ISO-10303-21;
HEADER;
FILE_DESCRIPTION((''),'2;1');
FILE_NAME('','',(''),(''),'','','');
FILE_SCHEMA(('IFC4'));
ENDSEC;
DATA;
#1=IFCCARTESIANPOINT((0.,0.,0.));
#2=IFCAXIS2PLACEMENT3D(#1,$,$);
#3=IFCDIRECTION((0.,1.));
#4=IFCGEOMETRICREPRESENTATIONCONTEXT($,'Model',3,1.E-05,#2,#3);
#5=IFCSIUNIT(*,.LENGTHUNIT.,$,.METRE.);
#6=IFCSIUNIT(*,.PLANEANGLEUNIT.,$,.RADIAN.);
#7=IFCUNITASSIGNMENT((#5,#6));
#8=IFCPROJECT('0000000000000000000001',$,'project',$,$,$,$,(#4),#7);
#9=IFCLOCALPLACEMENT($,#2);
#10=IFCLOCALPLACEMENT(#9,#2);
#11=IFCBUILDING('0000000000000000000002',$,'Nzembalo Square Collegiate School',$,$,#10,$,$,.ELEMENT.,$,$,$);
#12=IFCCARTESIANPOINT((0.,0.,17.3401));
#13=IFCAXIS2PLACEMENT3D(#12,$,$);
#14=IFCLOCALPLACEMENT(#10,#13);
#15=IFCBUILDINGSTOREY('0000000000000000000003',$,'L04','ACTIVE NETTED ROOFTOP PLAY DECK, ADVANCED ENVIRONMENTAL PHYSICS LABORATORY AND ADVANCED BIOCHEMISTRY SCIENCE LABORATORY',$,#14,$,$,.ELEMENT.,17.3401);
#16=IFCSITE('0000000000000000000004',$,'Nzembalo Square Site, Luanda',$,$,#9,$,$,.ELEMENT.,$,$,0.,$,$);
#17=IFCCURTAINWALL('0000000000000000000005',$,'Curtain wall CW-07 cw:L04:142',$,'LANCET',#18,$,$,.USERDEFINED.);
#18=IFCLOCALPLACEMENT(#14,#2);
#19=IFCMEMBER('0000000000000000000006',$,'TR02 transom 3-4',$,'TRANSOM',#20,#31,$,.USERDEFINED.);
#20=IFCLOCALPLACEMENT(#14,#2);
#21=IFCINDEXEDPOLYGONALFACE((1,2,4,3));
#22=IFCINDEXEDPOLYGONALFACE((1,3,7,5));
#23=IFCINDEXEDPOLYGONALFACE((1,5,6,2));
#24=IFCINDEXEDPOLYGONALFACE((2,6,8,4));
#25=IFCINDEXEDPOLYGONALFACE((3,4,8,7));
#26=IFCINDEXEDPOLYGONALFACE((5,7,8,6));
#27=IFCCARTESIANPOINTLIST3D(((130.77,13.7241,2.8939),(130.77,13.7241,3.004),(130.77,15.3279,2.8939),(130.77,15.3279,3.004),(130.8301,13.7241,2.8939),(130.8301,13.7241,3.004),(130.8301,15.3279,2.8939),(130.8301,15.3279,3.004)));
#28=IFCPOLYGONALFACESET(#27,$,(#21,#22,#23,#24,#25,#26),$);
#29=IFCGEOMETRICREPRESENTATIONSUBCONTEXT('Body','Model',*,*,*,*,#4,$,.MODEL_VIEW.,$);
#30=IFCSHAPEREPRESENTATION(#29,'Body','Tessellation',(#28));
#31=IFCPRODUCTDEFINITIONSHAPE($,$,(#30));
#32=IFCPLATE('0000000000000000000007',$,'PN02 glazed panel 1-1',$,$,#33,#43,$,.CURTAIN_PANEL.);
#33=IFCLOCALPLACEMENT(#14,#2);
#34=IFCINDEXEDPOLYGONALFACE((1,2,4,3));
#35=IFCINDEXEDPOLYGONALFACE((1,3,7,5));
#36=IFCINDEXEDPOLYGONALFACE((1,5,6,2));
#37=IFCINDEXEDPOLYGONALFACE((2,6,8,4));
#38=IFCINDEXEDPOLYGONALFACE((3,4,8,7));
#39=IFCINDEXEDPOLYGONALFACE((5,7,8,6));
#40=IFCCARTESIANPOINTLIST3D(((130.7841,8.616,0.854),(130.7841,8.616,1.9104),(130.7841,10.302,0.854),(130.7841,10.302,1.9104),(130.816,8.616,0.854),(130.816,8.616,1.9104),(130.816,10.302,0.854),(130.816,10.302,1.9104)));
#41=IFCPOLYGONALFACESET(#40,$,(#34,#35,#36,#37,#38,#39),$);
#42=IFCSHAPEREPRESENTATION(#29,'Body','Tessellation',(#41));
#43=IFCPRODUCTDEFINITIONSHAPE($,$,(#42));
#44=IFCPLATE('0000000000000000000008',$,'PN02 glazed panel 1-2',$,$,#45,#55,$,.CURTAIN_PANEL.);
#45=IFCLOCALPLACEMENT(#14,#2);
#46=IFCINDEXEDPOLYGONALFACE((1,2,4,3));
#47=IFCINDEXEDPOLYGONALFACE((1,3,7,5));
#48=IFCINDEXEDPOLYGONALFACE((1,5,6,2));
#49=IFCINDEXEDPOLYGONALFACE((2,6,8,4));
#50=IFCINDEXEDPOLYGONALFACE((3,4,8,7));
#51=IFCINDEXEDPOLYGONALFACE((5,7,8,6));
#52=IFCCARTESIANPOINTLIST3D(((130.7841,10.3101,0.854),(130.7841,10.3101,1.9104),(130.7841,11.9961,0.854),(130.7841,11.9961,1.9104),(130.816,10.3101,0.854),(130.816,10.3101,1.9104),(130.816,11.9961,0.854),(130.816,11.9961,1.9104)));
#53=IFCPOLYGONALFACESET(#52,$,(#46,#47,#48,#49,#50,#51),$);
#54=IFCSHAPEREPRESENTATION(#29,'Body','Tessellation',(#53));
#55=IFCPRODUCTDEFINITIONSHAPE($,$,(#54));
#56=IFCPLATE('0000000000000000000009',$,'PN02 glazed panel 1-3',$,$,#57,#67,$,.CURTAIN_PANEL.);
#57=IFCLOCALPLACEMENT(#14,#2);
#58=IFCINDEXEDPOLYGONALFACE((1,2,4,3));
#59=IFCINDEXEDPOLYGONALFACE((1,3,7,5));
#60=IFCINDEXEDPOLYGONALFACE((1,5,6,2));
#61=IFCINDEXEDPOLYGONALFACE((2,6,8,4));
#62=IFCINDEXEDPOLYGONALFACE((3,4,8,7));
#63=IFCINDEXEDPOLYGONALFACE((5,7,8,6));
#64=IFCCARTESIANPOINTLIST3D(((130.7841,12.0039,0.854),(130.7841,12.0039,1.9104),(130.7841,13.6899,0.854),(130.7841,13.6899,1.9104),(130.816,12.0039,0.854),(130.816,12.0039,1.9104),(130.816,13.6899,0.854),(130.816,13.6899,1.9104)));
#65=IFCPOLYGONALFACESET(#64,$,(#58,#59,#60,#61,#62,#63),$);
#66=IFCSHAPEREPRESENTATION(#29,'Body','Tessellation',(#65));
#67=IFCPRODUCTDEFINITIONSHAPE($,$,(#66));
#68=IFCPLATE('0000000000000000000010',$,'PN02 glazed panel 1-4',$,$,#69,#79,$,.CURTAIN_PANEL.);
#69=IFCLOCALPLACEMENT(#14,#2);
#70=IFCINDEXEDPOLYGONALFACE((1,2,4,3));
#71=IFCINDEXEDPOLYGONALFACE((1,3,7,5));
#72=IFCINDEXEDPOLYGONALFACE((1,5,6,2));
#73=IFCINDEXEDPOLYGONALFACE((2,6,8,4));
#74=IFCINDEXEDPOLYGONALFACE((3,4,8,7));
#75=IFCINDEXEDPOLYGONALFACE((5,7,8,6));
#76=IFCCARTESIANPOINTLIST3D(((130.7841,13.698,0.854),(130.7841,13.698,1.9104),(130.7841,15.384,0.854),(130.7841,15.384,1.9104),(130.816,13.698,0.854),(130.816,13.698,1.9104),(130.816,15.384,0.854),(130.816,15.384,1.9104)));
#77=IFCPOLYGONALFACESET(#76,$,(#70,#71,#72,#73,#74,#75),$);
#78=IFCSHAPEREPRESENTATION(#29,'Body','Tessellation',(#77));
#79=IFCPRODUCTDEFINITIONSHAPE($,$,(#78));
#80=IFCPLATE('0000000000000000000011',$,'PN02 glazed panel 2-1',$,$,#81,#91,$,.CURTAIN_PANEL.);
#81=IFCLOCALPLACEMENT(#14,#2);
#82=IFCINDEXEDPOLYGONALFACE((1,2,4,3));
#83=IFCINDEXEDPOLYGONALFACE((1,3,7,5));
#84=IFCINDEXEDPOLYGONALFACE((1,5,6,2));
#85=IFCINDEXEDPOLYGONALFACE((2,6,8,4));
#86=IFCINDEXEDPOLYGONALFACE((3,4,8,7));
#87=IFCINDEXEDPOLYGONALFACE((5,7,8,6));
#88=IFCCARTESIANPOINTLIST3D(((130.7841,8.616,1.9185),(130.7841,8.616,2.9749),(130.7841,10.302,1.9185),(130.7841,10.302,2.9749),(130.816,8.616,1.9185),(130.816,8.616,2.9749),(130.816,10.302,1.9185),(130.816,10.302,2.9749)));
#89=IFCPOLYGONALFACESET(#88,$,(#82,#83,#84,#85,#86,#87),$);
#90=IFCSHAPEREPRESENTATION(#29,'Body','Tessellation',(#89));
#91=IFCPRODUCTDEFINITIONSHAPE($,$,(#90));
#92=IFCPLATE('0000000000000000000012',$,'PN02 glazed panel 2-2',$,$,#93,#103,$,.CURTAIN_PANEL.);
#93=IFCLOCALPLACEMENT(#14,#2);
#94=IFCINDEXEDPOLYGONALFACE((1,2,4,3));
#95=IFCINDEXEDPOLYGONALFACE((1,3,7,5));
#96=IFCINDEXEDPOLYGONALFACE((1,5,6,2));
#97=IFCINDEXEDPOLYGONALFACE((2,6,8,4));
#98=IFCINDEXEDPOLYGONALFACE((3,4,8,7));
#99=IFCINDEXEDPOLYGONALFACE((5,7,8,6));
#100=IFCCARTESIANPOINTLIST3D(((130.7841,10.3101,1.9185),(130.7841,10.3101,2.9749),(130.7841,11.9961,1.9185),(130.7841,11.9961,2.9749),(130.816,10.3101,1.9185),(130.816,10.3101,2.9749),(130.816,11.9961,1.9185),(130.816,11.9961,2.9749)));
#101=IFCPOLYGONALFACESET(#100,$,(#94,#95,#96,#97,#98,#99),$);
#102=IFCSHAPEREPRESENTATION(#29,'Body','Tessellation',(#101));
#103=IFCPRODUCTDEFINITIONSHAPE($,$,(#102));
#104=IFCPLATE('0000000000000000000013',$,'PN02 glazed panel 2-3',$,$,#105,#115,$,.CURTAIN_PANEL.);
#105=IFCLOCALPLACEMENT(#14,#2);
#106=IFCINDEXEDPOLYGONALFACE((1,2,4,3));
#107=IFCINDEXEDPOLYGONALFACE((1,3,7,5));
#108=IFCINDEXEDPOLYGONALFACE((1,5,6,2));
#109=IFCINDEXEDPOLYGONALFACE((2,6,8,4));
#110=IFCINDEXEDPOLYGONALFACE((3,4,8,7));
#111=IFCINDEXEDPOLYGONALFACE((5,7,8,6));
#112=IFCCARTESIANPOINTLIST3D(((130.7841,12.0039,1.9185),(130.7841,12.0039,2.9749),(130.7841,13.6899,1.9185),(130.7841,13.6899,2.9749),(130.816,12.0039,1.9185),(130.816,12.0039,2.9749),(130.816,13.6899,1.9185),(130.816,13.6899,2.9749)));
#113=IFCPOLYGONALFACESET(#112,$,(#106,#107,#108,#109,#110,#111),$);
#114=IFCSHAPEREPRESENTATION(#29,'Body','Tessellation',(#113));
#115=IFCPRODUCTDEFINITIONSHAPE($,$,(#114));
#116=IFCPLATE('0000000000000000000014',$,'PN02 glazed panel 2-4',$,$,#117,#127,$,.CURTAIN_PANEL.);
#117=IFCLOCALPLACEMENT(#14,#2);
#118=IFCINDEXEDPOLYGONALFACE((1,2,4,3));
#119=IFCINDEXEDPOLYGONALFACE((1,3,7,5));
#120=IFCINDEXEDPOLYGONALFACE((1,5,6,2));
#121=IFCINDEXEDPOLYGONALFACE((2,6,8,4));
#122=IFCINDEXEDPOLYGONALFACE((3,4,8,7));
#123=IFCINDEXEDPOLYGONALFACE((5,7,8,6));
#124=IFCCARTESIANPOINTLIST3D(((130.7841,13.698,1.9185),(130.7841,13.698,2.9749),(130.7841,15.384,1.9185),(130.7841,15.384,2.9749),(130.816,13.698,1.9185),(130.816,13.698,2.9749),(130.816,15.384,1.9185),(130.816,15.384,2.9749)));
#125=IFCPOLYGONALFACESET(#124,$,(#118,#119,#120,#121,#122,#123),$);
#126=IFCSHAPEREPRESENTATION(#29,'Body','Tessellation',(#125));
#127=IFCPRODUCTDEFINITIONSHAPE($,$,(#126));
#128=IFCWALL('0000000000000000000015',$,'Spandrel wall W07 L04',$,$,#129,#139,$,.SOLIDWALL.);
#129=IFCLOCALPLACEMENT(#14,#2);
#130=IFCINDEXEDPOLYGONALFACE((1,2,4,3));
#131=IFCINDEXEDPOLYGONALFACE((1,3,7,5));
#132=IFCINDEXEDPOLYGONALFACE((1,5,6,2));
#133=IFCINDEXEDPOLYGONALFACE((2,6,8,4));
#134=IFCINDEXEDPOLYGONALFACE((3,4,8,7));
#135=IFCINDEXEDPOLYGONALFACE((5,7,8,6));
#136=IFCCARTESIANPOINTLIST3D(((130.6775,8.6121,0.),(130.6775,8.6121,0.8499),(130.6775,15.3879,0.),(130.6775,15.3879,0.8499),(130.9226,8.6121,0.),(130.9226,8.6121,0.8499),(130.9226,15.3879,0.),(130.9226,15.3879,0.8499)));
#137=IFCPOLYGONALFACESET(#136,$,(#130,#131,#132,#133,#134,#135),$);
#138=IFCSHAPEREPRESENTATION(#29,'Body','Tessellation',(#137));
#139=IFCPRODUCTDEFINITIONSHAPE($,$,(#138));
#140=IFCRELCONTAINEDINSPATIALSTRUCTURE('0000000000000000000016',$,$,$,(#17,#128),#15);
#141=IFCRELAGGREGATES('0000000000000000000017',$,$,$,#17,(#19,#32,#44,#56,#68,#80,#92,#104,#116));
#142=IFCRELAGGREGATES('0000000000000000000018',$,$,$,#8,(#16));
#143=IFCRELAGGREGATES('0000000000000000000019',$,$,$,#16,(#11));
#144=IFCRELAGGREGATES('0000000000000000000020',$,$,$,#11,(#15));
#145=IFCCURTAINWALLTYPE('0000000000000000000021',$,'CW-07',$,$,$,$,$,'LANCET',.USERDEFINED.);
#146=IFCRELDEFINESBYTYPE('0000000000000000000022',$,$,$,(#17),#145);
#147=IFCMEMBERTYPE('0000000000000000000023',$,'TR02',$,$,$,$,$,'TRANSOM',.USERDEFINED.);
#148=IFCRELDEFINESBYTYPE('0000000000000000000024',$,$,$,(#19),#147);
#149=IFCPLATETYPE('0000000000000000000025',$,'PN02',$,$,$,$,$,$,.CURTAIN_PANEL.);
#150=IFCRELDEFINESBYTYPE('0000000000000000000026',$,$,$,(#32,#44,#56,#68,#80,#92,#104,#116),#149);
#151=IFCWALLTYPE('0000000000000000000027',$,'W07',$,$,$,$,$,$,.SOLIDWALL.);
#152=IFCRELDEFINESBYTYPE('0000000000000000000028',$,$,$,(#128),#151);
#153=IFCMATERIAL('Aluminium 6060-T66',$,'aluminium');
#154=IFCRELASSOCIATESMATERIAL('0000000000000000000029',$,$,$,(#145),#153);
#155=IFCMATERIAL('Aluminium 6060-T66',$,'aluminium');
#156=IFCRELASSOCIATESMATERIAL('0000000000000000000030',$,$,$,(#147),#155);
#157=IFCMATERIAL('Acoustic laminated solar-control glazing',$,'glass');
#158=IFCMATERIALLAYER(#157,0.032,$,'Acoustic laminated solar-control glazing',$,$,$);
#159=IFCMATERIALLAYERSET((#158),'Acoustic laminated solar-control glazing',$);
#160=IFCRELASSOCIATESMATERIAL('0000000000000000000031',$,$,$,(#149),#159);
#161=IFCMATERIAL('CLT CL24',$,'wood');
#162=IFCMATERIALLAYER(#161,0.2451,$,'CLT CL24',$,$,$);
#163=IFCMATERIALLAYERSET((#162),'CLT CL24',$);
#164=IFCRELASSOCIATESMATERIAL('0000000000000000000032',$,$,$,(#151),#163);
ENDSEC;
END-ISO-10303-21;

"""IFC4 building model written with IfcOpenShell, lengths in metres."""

from ifc_helpers import new_model, si_unit, direction, frame, frame_2d, origin, origin_2d, place, context, subcontext, project, spatial, rectangle, extrude, material, layer, layer_set, material_profile, profile_set, type_object, element, aggregate, save


model = new_model("IFC4")

# Units and contexts
model_context = context("Model", 3, precision=1e-05, world=origin(), true_north=direction((0.0, 1.0)))
body_context = subcontext(model_context, "Body", "Model", "MODEL_VIEW")
ifc_project = project(units=[si_unit("LENGTHUNIT", "METRE"), si_unit("PLANEANGLEUNIT", "RADIAN")], contexts=[model_context])

# Site, building, storey
site_placement = place(None, origin())
site = spatial("IfcSite", under=ifc_project, at=site_placement, Name="Nzembalo Square Site, Luanda", CompositionType="ELEMENT", RefElevation=0.0)
building_placement = place(site_placement, origin())
building = spatial("IfcBuilding", under=site, at=building_placement, Name="Nzembalo Square Collegiate School", CompositionType="ELEMENT")
storey_placement = place(building_placement, frame((0.0, 0.0, 17.3401)))
storey = spatial("IfcBuildingStorey", under=building, at=storey_placement, Name="L04", Description="ACTIVE NETTED ROOFTOP PLAY DECK, ADVANCED ENVIRONMENTAL PHYSICS LABORATORY AND ADVANCED BIOCHEMISTRY SCIENCE LABORATORY", CompositionType="ELEMENT", Elevation=17.3401)

# Curtain wall, member, plates
ifc_material_1 = material(Name="Aluminium 6060-T66", Category="aluminium")
curtain_wall_type = type_object("IfcCurtainWallType", Name="CW-07", ElementType="LANCET", PredefinedType="USERDEFINED", material=ifc_material_1)
curtain_wall_placement = place(storey_placement, origin())
curtain_wall = element("IfcCurtainWall", 1, at=curtain_wall_placement, inside=storey, type_object=curtain_wall_type, Name="Curtain wall CW-07 cw:L04:142", ObjectType="LANCET", PredefinedType="USERDEFINED")
ifc_material_2 = material(Name="Aluminium 6060-T66", Category="aluminium")
ifc_material_profile_1 = material_profile(ifc_material_2, rectangle(XDim=0.0601, YDim=0.1101, at=origin_2d()), Name="ALU T60x110")
ifc_profile_set_1 = profile_set([ifc_material_profile_1], Name="Aluminium 6060-T66")
member_type_1 = type_object("IfcMemberType", Name="TR02", ElementType="TRANSOM", PredefinedType="USERDEFINED", material=ifc_profile_set_1)
member_1_placement = place(storey_placement, frame((130.8, 13.7241, 2.949), z_axis=(0.0, 1.0, 0.0), x_axis=(-1.0, 0.0, 0.0)))
member_1 = element("IfcMember", 2, at=member_1_placement, type_object=member_type_1, Name="TR02 transom 3-4", ObjectType="TRANSOM", PredefinedType="USERDEFINED", context=body_context, shape_type="SweptSolid", body=[
    extrude(rectangle(XDim=0.0601, YDim=0.1101, at=origin_2d()), origin(), (0.0, 0.0, 1.0), 1.6038),
])
ifc_material_3 = material(Name="Acoustic laminated solar-control glazing", Category="glass")
ifc_layer_1 = layer(ifc_material_3, 0.032, Name="Acoustic laminated solar-control glazing")
ifc_layer_set_1 = layer_set([ifc_layer_1], Name="Acoustic laminated solar-control glazing")
plate_type = type_object("IfcPlateType", Name="PN02", PredefinedType="CURTAIN_PANEL", material=ifc_layer_set_1)
plate_1_placement = place(storey_placement, frame((130.8, 9.459, 0.854), z_axis=(0.0, 0.0, 1.0), x_axis=(0.0, 1.0, 0.0)))
plate_1 = element("IfcPlate", 3, at=plate_1_placement, type_object=plate_type, Name="PN02 glazed panel 1-1", PredefinedType="CURTAIN_PANEL", context=body_context, shape_type="SweptSolid", body=[
    extrude(rectangle(XDim=1.686, YDim=0.032, at=origin_2d()), origin(), (0.0, 0.0, 1.0), 1.0564),
])
plate_2_placement = place(storey_placement, frame((130.8, 11.1531, 0.854), z_axis=(0.0, 0.0, 1.0), x_axis=(0.0, 1.0, 0.0)))
plate_2 = element("IfcPlate", 4, at=plate_2_placement, type_object=plate_type, Name="PN02 glazed panel 1-2", PredefinedType="CURTAIN_PANEL", context=body_context, shape_type="SweptSolid", body=[
    extrude(rectangle(XDim=1.686, YDim=0.032, at=origin_2d()), origin(), (0.0, 0.0, 1.0), 1.0564),
])
plate_3_placement = place(storey_placement, frame((130.8, 12.8469, 0.854), z_axis=(0.0, 0.0, 1.0), x_axis=(0.0, 1.0, 0.0)))
plate_3 = element("IfcPlate", 5, at=plate_3_placement, type_object=plate_type, Name="PN02 glazed panel 1-3", PredefinedType="CURTAIN_PANEL", context=body_context, shape_type="SweptSolid", body=[
    extrude(rectangle(XDim=1.686, YDim=0.032, at=origin_2d()), origin(), (0.0, 0.0, 1.0), 1.0564),
])
plate_4_placement = place(storey_placement, frame((130.8, 14.541, 0.854), z_axis=(0.0, 0.0, 1.0), x_axis=(0.0, 1.0, 0.0)))
plate_4 = element("IfcPlate", 6, at=plate_4_placement, type_object=plate_type, Name="PN02 glazed panel 1-4", PredefinedType="CURTAIN_PANEL", context=body_context, shape_type="SweptSolid", body=[
    extrude(rectangle(XDim=1.686, YDim=0.032, at=origin_2d()), origin(), (0.0, 0.0, 1.0), 1.0564),
])
plate_5_placement = place(storey_placement, frame((130.8, 9.459, 1.9185), z_axis=(0.0, 0.0, 1.0), x_axis=(0.0, 1.0, 0.0)))
plate_5 = element("IfcPlate", 7, at=plate_5_placement, type_object=plate_type, Name="PN02 glazed panel 2-1", PredefinedType="CURTAIN_PANEL", context=body_context, shape_type="SweptSolid", body=[
    extrude(rectangle(XDim=1.686, YDim=0.032, at=origin_2d()), origin(), (0.0, 0.0, 1.0), 1.0564),
])
plate_6_placement = place(storey_placement, frame((130.8, 11.1531, 1.9185), z_axis=(0.0, 0.0, 1.0), x_axis=(0.0, 1.0, 0.0)))
plate_6 = element("IfcPlate", 8, at=plate_6_placement, type_object=plate_type, Name="PN02 glazed panel 2-2", PredefinedType="CURTAIN_PANEL", context=body_context, shape_type="SweptSolid", body=[
    extrude(rectangle(XDim=1.686, YDim=0.032, at=origin_2d()), origin(), (0.0, 0.0, 1.0), 1.0564),
])
plate_7_placement = place(storey_placement, frame((130.8, 12.8469, 1.9185), z_axis=(0.0, 0.0, 1.0), x_axis=(0.0, 1.0, 0.0)))
plate_7 = element("IfcPlate", 9, at=plate_7_placement, type_object=plate_type, Name="PN02 glazed panel 2-3", PredefinedType="CURTAIN_PANEL", context=body_context, shape_type="SweptSolid", body=[
    extrude(rectangle(XDim=1.686, YDim=0.032, at=origin_2d()), origin(), (0.0, 0.0, 1.0), 1.0564),
])
plate_8_placement = place(storey_placement, frame((130.8, 14.541, 1.9185), z_axis=(0.0, 0.0, 1.0), x_axis=(0.0, 1.0, 0.0)))
plate_8 = element("IfcPlate", 10, at=plate_8_placement, type_object=plate_type, Name="PN02 glazed panel 2-4", PredefinedType="CURTAIN_PANEL", context=body_context, shape_type="SweptSolid", body=[
    extrude(rectangle(XDim=1.686, YDim=0.032, at=origin_2d()), origin(), (0.0, 0.0, 1.0), 1.0564),
])
aggregate(curtain_wall, [member_1, plate_1, plate_2, plate_3, plate_4, plate_5, plate_6, plate_7, plate_8])

# Wall
ifc_material_4 = material(Name="CLT CL24", Category="wood")
ifc_layer_2 = layer(ifc_material_4, 0.2451, Name="CLT CL24")
ifc_layer_set_2 = layer_set([ifc_layer_2], Name="CLT CL24")
wall_type = type_object("IfcWallType", Name="W07", PredefinedType="SOLIDWALL", material=ifc_layer_set_2)
wall_placement = place(storey_placement, frame((130.8, 8.6121, 0.0), z_axis=(0.0, 0.0, 1.0), x_axis=(0.0, 1.0, 0.0)))
element("IfcWall", 11, at=wall_placement, inside=storey, type_object=wall_type, Name="Spandrel wall W07 L04", PredefinedType="SOLIDWALL", context=body_context, shape_type="SweptSolid", body=[
    extrude(rectangle(XDim=6.7759, YDim=0.2451, at=frame_2d((3.3879, 0.0))), origin(), (0.0, 0.0, 1.0), 0.8499),
])

save(model, "model.ifc")
